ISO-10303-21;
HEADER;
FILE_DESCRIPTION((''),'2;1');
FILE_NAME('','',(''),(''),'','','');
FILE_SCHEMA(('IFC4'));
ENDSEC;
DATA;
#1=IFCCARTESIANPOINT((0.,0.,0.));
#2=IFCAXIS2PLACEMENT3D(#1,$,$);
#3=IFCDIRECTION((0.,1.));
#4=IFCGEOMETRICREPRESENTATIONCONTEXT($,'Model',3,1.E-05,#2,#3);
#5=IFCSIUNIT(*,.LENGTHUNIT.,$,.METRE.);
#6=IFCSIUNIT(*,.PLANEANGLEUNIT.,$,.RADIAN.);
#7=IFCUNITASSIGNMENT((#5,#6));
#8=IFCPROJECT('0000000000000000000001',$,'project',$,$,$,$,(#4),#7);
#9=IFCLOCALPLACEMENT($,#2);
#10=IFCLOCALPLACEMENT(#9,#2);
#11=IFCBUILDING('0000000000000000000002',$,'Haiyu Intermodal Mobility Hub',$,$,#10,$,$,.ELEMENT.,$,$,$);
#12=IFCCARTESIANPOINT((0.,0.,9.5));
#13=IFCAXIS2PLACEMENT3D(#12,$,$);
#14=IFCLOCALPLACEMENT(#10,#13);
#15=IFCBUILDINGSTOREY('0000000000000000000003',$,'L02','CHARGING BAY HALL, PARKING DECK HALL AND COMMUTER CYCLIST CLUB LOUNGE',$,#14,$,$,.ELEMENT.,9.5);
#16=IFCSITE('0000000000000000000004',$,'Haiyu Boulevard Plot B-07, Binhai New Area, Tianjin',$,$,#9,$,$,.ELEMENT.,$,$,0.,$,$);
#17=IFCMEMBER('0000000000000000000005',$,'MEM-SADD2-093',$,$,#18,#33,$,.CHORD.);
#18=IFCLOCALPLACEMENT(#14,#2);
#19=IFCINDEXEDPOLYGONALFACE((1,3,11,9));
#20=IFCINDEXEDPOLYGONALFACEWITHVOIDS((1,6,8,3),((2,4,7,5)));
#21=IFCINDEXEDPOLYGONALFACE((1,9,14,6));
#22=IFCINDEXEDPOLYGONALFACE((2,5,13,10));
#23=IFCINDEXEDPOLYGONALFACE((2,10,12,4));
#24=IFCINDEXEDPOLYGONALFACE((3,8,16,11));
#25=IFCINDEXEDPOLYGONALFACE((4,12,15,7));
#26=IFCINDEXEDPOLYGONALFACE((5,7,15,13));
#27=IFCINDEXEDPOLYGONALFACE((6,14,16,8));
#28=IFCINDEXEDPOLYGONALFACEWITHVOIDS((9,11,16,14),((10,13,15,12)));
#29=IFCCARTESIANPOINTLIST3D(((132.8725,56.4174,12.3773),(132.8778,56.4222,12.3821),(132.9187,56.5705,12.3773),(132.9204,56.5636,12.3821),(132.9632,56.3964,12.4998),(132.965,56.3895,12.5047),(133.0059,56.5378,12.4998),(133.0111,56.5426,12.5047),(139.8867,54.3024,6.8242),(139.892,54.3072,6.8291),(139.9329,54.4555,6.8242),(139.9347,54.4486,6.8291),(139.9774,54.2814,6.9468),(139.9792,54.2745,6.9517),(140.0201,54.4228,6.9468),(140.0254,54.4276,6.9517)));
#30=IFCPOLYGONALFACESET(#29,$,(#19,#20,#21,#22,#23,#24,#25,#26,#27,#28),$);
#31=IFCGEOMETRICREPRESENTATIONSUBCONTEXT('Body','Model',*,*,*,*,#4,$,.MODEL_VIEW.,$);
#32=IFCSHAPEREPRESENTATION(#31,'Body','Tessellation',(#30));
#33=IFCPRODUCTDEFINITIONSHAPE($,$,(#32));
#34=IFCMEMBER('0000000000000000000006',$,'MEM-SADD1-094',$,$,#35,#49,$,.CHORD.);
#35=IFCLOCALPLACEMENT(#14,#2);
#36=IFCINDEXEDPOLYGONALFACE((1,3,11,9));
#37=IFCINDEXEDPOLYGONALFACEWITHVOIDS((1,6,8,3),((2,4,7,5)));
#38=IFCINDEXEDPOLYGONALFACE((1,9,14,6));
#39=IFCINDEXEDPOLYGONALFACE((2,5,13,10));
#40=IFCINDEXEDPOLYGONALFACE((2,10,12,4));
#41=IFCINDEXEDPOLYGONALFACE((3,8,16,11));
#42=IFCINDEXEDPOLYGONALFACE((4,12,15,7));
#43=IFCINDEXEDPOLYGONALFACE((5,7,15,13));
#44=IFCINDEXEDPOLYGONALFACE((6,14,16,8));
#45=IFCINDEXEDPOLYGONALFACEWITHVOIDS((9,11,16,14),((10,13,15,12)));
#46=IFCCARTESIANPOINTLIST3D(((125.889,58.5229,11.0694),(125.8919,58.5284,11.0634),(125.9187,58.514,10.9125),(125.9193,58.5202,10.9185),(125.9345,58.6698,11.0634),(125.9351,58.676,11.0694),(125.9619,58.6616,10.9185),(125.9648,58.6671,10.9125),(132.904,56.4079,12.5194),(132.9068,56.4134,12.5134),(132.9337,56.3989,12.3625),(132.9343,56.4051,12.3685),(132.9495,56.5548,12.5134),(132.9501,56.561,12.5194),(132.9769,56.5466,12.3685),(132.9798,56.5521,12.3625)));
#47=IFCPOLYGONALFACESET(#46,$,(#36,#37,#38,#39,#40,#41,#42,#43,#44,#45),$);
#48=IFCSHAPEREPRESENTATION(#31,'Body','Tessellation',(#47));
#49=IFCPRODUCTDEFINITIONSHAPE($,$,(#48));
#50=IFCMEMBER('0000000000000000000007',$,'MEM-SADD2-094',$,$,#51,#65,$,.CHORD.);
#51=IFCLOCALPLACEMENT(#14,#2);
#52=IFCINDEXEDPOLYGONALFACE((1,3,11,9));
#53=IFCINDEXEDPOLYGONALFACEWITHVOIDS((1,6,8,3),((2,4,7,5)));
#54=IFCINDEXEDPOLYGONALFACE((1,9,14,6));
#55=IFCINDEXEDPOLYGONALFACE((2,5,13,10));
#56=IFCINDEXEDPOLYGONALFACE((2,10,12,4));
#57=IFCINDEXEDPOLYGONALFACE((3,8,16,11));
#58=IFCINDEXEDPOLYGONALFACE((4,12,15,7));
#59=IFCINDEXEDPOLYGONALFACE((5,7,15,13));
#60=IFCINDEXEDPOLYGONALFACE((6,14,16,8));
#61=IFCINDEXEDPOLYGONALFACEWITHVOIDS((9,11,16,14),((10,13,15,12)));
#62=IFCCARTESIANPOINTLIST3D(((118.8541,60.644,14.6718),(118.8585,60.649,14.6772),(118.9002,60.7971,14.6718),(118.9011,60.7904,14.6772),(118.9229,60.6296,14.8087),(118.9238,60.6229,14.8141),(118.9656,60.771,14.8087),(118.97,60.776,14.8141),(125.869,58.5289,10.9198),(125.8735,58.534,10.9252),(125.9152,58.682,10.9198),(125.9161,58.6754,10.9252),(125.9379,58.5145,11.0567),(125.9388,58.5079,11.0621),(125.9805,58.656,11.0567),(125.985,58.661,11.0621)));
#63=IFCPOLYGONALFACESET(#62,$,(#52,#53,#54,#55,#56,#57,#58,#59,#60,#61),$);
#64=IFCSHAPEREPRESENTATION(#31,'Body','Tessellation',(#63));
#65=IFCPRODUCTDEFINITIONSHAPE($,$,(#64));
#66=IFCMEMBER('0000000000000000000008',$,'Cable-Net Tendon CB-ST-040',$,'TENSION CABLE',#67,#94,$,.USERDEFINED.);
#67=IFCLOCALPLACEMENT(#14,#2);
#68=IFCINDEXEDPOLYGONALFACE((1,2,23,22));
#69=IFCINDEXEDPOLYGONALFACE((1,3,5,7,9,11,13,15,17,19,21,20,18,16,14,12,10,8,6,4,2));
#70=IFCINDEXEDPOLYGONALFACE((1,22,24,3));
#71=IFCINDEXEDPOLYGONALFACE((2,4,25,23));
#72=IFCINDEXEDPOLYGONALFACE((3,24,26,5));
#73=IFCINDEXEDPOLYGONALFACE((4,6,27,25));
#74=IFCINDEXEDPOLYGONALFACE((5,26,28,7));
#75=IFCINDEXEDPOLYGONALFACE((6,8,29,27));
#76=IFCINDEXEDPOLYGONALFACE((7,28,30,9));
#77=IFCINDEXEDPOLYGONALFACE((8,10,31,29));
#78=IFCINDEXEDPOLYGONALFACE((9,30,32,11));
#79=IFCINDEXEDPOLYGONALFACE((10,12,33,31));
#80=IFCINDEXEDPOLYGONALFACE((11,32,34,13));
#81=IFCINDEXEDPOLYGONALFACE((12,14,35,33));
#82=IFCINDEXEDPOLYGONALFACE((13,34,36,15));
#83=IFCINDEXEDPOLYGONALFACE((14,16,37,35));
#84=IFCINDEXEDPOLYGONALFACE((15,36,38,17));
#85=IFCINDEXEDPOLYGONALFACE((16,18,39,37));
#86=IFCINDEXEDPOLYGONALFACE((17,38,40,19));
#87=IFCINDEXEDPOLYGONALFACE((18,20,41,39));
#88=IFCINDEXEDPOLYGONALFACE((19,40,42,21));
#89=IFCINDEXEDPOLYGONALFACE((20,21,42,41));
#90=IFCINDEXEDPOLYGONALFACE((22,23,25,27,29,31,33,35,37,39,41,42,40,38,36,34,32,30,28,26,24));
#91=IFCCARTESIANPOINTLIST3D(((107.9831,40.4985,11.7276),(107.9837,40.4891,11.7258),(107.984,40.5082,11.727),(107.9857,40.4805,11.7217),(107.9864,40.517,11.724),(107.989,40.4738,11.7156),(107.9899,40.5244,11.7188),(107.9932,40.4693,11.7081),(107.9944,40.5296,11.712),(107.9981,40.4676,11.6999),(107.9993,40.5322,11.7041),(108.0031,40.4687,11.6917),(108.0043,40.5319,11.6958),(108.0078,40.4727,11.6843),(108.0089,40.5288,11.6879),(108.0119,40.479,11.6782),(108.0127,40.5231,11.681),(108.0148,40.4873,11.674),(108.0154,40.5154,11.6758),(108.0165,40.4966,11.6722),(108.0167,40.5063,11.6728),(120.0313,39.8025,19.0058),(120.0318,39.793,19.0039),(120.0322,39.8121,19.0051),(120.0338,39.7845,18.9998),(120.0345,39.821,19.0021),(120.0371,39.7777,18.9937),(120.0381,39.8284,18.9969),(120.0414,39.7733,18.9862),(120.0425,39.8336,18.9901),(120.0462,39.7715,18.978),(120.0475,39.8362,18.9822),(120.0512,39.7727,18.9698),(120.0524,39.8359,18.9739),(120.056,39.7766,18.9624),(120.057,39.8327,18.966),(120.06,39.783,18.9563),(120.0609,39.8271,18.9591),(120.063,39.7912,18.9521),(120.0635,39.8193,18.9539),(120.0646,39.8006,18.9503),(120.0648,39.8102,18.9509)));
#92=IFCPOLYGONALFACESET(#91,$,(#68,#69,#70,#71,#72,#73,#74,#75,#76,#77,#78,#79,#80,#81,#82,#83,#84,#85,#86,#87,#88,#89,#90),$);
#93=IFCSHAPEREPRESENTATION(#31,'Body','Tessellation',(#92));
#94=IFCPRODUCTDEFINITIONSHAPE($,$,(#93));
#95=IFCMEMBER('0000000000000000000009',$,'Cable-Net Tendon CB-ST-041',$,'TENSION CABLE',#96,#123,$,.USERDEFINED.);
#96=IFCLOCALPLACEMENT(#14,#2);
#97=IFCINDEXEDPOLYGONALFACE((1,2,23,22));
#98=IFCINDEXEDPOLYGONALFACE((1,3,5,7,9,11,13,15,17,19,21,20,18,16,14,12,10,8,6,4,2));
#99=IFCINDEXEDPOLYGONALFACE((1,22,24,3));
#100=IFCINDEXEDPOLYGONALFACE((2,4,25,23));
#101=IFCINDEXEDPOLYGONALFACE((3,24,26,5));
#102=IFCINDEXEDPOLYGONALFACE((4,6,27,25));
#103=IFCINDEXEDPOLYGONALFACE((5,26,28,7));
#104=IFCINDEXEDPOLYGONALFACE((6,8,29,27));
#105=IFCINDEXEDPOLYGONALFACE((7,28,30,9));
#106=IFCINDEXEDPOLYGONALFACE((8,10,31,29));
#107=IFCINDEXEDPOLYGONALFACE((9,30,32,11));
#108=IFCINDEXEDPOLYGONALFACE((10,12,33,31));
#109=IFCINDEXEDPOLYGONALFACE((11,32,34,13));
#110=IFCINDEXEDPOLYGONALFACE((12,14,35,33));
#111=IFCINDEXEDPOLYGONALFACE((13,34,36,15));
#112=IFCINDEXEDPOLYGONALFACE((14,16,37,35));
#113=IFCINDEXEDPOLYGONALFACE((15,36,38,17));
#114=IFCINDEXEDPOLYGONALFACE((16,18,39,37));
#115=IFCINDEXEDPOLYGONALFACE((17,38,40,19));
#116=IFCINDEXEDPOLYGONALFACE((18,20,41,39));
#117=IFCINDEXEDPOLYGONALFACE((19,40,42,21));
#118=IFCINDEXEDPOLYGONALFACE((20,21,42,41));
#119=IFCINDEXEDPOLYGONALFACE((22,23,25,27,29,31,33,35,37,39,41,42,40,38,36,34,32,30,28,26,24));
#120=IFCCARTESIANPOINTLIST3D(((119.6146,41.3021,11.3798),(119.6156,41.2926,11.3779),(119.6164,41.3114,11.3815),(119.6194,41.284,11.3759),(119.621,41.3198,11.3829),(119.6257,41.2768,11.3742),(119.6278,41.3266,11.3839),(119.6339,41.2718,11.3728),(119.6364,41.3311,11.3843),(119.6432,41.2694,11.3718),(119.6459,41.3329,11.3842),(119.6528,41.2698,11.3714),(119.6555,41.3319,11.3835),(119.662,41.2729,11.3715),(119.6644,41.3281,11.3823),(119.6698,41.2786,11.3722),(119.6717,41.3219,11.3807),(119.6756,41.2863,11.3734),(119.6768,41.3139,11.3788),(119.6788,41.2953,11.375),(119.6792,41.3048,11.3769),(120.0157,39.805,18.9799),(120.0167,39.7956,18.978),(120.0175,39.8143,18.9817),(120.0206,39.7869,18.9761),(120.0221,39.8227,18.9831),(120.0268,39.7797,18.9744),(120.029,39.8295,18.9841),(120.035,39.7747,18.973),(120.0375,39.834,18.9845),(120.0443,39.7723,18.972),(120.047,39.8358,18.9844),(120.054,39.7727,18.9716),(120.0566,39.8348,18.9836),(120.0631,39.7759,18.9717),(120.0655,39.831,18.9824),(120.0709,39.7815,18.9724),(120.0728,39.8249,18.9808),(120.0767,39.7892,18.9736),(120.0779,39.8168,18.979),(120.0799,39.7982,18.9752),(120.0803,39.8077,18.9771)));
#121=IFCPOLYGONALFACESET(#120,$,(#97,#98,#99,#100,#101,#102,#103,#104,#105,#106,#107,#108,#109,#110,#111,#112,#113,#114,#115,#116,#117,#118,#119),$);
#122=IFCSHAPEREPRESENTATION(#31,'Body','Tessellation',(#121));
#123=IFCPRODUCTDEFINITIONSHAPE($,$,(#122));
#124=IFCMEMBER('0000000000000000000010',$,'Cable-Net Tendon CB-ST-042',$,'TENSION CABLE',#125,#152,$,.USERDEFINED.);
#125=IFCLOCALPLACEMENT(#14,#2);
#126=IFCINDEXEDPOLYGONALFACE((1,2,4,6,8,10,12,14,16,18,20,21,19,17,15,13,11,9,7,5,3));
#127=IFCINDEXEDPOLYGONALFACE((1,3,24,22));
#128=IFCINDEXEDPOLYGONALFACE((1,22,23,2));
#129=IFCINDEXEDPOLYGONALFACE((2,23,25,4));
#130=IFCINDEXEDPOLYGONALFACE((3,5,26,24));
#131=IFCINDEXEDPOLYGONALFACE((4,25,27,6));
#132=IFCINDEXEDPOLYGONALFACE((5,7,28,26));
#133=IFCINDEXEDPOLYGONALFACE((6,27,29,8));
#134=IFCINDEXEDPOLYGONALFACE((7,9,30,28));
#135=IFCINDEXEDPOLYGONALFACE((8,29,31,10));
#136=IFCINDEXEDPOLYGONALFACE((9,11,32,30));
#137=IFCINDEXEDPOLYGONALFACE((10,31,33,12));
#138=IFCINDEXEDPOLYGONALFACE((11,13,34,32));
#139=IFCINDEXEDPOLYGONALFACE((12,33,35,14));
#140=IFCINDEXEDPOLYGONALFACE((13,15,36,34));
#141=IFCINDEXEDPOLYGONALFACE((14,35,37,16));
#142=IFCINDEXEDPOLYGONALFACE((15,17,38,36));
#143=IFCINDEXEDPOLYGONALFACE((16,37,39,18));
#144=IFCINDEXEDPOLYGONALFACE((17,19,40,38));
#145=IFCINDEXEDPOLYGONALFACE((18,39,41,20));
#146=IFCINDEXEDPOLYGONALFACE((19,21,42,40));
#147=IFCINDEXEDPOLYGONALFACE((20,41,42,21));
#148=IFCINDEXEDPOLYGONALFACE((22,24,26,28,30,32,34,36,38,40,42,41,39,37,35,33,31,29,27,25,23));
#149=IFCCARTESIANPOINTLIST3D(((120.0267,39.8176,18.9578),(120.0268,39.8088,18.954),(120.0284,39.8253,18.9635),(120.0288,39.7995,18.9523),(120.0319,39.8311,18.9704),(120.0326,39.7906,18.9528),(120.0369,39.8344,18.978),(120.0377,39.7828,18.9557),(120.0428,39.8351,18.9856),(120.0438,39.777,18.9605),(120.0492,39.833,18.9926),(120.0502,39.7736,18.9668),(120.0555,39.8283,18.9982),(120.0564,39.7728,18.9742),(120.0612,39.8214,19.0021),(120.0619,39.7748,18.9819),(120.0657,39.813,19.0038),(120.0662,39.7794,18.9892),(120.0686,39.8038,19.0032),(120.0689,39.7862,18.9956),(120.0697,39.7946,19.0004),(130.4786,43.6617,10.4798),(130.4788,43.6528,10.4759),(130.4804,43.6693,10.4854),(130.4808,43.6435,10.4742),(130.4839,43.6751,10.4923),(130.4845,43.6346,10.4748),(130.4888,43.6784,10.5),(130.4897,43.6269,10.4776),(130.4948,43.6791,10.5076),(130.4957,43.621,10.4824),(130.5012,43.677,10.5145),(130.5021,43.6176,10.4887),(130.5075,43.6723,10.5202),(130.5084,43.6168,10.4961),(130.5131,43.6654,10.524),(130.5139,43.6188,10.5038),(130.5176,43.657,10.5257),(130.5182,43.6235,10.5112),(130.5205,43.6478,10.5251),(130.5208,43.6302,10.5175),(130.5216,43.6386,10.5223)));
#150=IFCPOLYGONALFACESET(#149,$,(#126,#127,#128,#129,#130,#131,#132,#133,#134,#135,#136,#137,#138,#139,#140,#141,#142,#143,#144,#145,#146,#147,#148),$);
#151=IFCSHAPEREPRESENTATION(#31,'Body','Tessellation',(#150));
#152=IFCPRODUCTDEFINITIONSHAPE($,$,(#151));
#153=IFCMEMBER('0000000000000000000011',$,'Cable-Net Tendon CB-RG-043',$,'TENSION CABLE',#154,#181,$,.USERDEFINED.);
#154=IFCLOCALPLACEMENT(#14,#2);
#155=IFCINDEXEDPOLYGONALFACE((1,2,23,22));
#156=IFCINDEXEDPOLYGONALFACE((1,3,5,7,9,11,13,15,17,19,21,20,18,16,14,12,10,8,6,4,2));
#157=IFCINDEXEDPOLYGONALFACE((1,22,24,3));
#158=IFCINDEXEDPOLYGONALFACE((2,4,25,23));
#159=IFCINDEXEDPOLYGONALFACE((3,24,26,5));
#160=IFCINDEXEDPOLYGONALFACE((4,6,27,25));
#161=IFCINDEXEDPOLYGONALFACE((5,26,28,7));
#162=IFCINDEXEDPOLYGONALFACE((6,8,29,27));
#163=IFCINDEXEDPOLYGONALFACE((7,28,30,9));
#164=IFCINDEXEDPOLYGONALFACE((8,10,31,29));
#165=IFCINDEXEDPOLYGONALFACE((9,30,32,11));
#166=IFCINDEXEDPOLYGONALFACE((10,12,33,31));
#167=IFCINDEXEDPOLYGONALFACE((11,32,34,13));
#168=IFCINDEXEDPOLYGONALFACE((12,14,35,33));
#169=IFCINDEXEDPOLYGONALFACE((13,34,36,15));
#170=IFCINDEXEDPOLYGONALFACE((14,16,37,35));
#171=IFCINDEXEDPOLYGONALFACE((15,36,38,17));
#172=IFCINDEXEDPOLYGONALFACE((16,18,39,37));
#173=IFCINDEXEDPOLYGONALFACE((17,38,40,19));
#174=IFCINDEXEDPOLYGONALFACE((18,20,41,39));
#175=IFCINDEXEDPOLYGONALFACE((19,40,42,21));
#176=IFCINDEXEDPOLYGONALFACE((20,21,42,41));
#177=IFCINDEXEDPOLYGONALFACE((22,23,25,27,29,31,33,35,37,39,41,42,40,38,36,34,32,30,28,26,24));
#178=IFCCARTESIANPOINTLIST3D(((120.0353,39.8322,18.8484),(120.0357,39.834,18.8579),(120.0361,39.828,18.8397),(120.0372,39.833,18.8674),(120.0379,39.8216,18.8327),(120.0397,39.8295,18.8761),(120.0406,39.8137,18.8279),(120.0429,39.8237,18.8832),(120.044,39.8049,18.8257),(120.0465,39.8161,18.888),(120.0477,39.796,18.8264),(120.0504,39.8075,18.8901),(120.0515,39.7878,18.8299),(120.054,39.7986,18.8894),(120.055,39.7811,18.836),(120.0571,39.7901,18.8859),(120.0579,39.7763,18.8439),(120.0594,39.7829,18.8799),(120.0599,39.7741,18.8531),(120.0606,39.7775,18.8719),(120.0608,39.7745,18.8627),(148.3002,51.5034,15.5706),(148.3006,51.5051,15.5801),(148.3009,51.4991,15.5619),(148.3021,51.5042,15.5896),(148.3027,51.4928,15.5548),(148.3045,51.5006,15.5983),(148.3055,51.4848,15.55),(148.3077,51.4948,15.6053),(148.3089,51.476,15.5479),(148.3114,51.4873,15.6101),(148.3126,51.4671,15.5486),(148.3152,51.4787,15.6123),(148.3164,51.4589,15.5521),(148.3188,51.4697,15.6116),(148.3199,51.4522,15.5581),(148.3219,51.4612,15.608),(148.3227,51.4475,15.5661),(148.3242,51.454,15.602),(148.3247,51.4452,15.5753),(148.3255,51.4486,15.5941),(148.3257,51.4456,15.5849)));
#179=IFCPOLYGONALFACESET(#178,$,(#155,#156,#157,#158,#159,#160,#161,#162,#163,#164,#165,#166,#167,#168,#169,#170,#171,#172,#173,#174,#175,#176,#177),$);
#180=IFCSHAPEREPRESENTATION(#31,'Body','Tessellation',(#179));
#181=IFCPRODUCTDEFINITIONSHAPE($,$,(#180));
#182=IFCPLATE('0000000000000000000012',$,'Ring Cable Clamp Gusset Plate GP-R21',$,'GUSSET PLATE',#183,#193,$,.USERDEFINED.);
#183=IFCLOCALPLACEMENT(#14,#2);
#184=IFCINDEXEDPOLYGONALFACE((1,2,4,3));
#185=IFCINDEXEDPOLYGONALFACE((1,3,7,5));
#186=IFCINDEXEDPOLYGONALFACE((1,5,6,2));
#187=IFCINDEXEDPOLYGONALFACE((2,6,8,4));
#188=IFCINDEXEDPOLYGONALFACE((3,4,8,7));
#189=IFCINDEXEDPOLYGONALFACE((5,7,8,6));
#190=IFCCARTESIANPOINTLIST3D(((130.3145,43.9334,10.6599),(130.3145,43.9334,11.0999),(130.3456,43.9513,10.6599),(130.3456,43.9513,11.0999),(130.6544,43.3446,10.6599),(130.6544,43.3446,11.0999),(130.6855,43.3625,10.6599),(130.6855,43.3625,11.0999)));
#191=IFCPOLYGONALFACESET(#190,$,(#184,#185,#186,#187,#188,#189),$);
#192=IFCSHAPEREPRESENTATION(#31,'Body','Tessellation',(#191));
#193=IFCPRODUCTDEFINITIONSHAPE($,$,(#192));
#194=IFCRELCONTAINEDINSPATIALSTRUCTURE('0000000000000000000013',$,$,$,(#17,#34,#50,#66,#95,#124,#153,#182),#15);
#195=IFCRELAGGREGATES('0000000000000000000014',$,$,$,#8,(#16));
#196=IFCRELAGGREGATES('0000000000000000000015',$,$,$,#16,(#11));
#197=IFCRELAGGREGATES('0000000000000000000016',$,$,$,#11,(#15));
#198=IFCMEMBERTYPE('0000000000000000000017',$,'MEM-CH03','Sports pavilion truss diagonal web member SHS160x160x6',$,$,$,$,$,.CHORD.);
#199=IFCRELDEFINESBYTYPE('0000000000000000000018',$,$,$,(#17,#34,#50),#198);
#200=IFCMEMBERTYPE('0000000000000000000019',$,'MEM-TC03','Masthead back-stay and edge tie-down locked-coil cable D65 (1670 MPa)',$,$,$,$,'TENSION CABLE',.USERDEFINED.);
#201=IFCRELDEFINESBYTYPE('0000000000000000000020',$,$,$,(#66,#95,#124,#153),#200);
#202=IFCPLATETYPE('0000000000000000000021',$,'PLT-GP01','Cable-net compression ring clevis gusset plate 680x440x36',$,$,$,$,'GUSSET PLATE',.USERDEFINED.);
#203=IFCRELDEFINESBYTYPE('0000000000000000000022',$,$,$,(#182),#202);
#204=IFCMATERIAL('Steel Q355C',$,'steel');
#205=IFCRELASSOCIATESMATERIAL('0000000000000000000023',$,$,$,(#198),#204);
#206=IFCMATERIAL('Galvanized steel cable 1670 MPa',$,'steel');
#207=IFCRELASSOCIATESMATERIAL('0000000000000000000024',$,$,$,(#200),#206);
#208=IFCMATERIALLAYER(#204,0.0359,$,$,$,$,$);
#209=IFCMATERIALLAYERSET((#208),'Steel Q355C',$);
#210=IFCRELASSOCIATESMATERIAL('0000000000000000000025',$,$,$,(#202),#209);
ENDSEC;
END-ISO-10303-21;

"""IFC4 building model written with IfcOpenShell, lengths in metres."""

from ifc_helpers import new_model, si_unit, direction, frame, origin, origin_2d, place, context, subcontext, project, spatial, rectangle, hollow_rectangle, circle, extrude, material, layer, layer_set, material_profile, profile_set, type_object, element, save


model = new_model("IFC4")

# Units and contexts
model_context = context("Model", 3, precision=1e-05, world=origin(), true_north=direction((0.0, 1.0)))
body_context = subcontext(model_context, "Body", "Model", "MODEL_VIEW")
ifc_project = project(units=[si_unit("LENGTHUNIT", "METRE"), si_unit("PLANEANGLEUNIT", "RADIAN")], contexts=[model_context])

# Site, building, storey
site_placement = place(None, origin())
site = spatial("IfcSite", under=ifc_project, at=site_placement, Name="Haiyu Boulevard Plot B-07, Binhai New Area, Tianjin", CompositionType="ELEMENT", RefElevation=0.0)
building_placement = place(site_placement, origin())
building = spatial("IfcBuilding", under=site, at=building_placement, Name="Haiyu Intermodal Mobility Hub", CompositionType="ELEMENT")
storey_placement = place(building_placement, frame((0.0, 0.0, 9.5)))
storey = spatial("IfcBuildingStorey", under=building, at=storey_placement, Name="L02", Description="CHARGING BAY HALL, PARKING DECK HALL AND COMMUTER CYCLIST CLUB LOUNGE", CompositionType="ELEMENT", Elevation=9.5)

# Shared definitions
ifc_material_1 = material(Name="Steel Q355C", Category="steel")

# Members
ifc_material_profile_1 = material_profile(ifc_material_1, hollow_rectangle(XDim=0.1599, YDim=0.1599, WallThickness=0.0061, at=origin_2d()), Name="SHS160x160x6")
ifc_profile_set_1 = profile_set([ifc_material_profile_1], Name="Steel Q355C")
member_type_1 = type_object("IfcMemberType", Name="MEM-CH03", Description="Sports pavilion truss diagonal web member SHS160x160x6", PredefinedType="CHORD", material=ifc_profile_set_1)
member_1_placement = place(storey_placement, frame((139.9561, 54.365, 6.8879), z_axis=(-0.763008, 0.230071, 0.604059), x_axis=(-0.288693, -0.957422, 0.0)))
element("IfcMember", 1, at=member_1_placement, inside=storey, type_object=member_type_1, Name="MEM-SADD2-093", PredefinedType="CHORD", context=body_context, shape_type="SweptSolid", body=[
    extrude(hollow_rectangle(XDim=0.1599, YDim=0.1599, WallThickness=0.0061, at=origin_2d()), origin(), (0.0, 0.0, 1.0), 9.1929),
])
member_2_placement = place(storey_placement, frame((132.9419, 56.48, 12.4409), z_axis=(-0.939215, 0.283173, -0.194132), x_axis=(-0.288665, -0.95743, 0.0)))
element("IfcMember", 2, at=member_2_placement, inside=storey, type_object=member_type_1, Name="MEM-SADD1-094", PredefinedType="CHORD", context=body_context, shape_type="SweptSolid", body=[
    extrude(hollow_rectangle(XDim=0.1599, YDim=0.1599, WallThickness=0.0061, at=origin_2d()), origin(), (0.0, 0.0, 1.0), 7.469),
])
member_3_placement = place(storey_placement, frame((125.927, 58.595, 10.991), z_axis=(-0.852192, 0.256936, 0.455799), x_axis=(-0.288665, -0.95743, 0.0)))
element("IfcMember", 3, at=member_3_placement, inside=storey, type_object=member_type_1, Name="MEM-SADD2-094", PredefinedType="CHORD", context=body_context, shape_type="SweptSolid", body=[
    extrude(hollow_rectangle(XDim=0.1599, YDim=0.1599, WallThickness=0.0061, at=origin_2d()), origin(), (0.0, 0.0, 1.0), 8.2317),
])
ifc_material_2 = material(Name="Galvanized steel cable 1670 MPa", Category="steel")
ifc_material_profile_2 = material_profile(ifc_material_2, circle(Radius=0.0325, at=origin_2d()), Name="CABLE65")
ifc_profile_set_2 = profile_set([ifc_material_profile_2], Name="Galvanized steel cable 1670 MPa")
member_type_2 = type_object("IfcMemberType", Name="MEM-TC03", Description="Masthead back-stay and edge tie-down locked-coil cable D65 (1670 MPa)", ElementType="TENSION CABLE", PredefinedType="USERDEFINED", material=ifc_profile_set_2)
member_4_placement = place(storey_placement, frame((120.0481, 39.804, 18.978), z_axis=(-0.854902, 0.04939, -0.516434), x_axis=(-0.057676, -0.998335, 0.0)))
element("IfcMember", 4, at=member_4_placement, inside=storey, type_object=member_type_2, Name="Cable-Net Tendon CB-ST-040", ObjectType="TENSION CABLE", PredefinedType="USERDEFINED", context=body_context, shape_type="SweptSolid", body=[
    extrude(circle(Radius=0.0325, at=origin_2d()), origin(), (0.0, 0.0, 1.0), 14.093),
])
member_5_placement = place(storey_placement, frame((120.0481, 39.804, 18.978), z_axis=(-0.051714, 0.193008, -0.979833), x_axis=(-0.965928, -0.25881, 0.0)))
element("IfcMember", 5, at=member_5_placement, inside=storey, type_object=member_type_2, Name="Cable-Net Tendon CB-ST-041", ObjectType="TENSION CABLE", PredefinedType="USERDEFINED", context=body_context, shape_type="SweptSolid", body=[
    extrude(circle(Radius=0.0325, at=origin_2d()), origin(), (0.0, 0.0, 1.0), 7.7566),
])
member_6_placement = place(storey_placement, frame((120.0481, 39.804, 18.978), z_axis=(0.746764, 0.274644, -0.605735), x_axis=(-0.345175, 0.938538, 0.0)))
element("IfcMember", 6, at=member_6_placement, inside=storey, type_object=member_type_2, Name="Cable-Net Tendon CB-ST-042", ObjectType="TENSION CABLE", PredefinedType="USERDEFINED", context=body_context, shape_type="SweptSolid", body=[
    extrude(circle(Radius=0.0325, at=origin_2d()), origin(), (0.0, 0.0, 1.0), 13.9963),
])
member_7_placement = place(storey_placement, frame((120.0481, 39.804, 18.8579), z_axis=(0.919037, 0.379489, -0.106579), x_axis=(-0.381663, 0.924302, 0.0)))
element("IfcMember", 7, at=member_7_placement, inside=storey, type_object=member_type_2, Name="Cable-Net Tendon CB-RG-043", ObjectType="TENSION CABLE", PredefinedType="USERDEFINED", context=body_context, shape_type="SweptSolid", body=[
    extrude(circle(Radius=0.0325, at=origin_2d()), origin(), (0.0, 0.0, 1.0), 30.7549),
])

# Plate
ifc_layer_1 = layer(ifc_material_1, 0.0359)
ifc_layer_set_1 = layer_set([ifc_layer_1], Name="Steel Q355C")
plate_type_1 = type_object("IfcPlateType", Name="PLT-GP01", Description="Cable-net compression ring clevis gusset plate 680x440x36", ElementType="GUSSET PLATE", PredefinedType="USERDEFINED", material=ifc_layer_set_1)
for number, where, z_axis, x_axis, name in (
    (8, (130.5, 43.6479, 10.6599), (0.0, 0.0, 1.0), (0.5, -0.866025, 0.0), "Ring Cable Clamp Gusset Plate GP-R21"),
):
    element("IfcPlate", number, at=place(storey_placement, frame(where, z_axis=z_axis, x_axis=x_axis)), inside=storey, type_object=plate_type_1, Name=name, ObjectType="GUSSET PLATE", PredefinedType="USERDEFINED", context=body_context, shape_type="SweptSolid", body=[
        extrude(rectangle(XDim=0.6799, YDim=0.0359, at=origin_2d()), origin(), (0.0, 0.0, 1.0), 0.4399),
    ])

save(model, "model.ifc")
